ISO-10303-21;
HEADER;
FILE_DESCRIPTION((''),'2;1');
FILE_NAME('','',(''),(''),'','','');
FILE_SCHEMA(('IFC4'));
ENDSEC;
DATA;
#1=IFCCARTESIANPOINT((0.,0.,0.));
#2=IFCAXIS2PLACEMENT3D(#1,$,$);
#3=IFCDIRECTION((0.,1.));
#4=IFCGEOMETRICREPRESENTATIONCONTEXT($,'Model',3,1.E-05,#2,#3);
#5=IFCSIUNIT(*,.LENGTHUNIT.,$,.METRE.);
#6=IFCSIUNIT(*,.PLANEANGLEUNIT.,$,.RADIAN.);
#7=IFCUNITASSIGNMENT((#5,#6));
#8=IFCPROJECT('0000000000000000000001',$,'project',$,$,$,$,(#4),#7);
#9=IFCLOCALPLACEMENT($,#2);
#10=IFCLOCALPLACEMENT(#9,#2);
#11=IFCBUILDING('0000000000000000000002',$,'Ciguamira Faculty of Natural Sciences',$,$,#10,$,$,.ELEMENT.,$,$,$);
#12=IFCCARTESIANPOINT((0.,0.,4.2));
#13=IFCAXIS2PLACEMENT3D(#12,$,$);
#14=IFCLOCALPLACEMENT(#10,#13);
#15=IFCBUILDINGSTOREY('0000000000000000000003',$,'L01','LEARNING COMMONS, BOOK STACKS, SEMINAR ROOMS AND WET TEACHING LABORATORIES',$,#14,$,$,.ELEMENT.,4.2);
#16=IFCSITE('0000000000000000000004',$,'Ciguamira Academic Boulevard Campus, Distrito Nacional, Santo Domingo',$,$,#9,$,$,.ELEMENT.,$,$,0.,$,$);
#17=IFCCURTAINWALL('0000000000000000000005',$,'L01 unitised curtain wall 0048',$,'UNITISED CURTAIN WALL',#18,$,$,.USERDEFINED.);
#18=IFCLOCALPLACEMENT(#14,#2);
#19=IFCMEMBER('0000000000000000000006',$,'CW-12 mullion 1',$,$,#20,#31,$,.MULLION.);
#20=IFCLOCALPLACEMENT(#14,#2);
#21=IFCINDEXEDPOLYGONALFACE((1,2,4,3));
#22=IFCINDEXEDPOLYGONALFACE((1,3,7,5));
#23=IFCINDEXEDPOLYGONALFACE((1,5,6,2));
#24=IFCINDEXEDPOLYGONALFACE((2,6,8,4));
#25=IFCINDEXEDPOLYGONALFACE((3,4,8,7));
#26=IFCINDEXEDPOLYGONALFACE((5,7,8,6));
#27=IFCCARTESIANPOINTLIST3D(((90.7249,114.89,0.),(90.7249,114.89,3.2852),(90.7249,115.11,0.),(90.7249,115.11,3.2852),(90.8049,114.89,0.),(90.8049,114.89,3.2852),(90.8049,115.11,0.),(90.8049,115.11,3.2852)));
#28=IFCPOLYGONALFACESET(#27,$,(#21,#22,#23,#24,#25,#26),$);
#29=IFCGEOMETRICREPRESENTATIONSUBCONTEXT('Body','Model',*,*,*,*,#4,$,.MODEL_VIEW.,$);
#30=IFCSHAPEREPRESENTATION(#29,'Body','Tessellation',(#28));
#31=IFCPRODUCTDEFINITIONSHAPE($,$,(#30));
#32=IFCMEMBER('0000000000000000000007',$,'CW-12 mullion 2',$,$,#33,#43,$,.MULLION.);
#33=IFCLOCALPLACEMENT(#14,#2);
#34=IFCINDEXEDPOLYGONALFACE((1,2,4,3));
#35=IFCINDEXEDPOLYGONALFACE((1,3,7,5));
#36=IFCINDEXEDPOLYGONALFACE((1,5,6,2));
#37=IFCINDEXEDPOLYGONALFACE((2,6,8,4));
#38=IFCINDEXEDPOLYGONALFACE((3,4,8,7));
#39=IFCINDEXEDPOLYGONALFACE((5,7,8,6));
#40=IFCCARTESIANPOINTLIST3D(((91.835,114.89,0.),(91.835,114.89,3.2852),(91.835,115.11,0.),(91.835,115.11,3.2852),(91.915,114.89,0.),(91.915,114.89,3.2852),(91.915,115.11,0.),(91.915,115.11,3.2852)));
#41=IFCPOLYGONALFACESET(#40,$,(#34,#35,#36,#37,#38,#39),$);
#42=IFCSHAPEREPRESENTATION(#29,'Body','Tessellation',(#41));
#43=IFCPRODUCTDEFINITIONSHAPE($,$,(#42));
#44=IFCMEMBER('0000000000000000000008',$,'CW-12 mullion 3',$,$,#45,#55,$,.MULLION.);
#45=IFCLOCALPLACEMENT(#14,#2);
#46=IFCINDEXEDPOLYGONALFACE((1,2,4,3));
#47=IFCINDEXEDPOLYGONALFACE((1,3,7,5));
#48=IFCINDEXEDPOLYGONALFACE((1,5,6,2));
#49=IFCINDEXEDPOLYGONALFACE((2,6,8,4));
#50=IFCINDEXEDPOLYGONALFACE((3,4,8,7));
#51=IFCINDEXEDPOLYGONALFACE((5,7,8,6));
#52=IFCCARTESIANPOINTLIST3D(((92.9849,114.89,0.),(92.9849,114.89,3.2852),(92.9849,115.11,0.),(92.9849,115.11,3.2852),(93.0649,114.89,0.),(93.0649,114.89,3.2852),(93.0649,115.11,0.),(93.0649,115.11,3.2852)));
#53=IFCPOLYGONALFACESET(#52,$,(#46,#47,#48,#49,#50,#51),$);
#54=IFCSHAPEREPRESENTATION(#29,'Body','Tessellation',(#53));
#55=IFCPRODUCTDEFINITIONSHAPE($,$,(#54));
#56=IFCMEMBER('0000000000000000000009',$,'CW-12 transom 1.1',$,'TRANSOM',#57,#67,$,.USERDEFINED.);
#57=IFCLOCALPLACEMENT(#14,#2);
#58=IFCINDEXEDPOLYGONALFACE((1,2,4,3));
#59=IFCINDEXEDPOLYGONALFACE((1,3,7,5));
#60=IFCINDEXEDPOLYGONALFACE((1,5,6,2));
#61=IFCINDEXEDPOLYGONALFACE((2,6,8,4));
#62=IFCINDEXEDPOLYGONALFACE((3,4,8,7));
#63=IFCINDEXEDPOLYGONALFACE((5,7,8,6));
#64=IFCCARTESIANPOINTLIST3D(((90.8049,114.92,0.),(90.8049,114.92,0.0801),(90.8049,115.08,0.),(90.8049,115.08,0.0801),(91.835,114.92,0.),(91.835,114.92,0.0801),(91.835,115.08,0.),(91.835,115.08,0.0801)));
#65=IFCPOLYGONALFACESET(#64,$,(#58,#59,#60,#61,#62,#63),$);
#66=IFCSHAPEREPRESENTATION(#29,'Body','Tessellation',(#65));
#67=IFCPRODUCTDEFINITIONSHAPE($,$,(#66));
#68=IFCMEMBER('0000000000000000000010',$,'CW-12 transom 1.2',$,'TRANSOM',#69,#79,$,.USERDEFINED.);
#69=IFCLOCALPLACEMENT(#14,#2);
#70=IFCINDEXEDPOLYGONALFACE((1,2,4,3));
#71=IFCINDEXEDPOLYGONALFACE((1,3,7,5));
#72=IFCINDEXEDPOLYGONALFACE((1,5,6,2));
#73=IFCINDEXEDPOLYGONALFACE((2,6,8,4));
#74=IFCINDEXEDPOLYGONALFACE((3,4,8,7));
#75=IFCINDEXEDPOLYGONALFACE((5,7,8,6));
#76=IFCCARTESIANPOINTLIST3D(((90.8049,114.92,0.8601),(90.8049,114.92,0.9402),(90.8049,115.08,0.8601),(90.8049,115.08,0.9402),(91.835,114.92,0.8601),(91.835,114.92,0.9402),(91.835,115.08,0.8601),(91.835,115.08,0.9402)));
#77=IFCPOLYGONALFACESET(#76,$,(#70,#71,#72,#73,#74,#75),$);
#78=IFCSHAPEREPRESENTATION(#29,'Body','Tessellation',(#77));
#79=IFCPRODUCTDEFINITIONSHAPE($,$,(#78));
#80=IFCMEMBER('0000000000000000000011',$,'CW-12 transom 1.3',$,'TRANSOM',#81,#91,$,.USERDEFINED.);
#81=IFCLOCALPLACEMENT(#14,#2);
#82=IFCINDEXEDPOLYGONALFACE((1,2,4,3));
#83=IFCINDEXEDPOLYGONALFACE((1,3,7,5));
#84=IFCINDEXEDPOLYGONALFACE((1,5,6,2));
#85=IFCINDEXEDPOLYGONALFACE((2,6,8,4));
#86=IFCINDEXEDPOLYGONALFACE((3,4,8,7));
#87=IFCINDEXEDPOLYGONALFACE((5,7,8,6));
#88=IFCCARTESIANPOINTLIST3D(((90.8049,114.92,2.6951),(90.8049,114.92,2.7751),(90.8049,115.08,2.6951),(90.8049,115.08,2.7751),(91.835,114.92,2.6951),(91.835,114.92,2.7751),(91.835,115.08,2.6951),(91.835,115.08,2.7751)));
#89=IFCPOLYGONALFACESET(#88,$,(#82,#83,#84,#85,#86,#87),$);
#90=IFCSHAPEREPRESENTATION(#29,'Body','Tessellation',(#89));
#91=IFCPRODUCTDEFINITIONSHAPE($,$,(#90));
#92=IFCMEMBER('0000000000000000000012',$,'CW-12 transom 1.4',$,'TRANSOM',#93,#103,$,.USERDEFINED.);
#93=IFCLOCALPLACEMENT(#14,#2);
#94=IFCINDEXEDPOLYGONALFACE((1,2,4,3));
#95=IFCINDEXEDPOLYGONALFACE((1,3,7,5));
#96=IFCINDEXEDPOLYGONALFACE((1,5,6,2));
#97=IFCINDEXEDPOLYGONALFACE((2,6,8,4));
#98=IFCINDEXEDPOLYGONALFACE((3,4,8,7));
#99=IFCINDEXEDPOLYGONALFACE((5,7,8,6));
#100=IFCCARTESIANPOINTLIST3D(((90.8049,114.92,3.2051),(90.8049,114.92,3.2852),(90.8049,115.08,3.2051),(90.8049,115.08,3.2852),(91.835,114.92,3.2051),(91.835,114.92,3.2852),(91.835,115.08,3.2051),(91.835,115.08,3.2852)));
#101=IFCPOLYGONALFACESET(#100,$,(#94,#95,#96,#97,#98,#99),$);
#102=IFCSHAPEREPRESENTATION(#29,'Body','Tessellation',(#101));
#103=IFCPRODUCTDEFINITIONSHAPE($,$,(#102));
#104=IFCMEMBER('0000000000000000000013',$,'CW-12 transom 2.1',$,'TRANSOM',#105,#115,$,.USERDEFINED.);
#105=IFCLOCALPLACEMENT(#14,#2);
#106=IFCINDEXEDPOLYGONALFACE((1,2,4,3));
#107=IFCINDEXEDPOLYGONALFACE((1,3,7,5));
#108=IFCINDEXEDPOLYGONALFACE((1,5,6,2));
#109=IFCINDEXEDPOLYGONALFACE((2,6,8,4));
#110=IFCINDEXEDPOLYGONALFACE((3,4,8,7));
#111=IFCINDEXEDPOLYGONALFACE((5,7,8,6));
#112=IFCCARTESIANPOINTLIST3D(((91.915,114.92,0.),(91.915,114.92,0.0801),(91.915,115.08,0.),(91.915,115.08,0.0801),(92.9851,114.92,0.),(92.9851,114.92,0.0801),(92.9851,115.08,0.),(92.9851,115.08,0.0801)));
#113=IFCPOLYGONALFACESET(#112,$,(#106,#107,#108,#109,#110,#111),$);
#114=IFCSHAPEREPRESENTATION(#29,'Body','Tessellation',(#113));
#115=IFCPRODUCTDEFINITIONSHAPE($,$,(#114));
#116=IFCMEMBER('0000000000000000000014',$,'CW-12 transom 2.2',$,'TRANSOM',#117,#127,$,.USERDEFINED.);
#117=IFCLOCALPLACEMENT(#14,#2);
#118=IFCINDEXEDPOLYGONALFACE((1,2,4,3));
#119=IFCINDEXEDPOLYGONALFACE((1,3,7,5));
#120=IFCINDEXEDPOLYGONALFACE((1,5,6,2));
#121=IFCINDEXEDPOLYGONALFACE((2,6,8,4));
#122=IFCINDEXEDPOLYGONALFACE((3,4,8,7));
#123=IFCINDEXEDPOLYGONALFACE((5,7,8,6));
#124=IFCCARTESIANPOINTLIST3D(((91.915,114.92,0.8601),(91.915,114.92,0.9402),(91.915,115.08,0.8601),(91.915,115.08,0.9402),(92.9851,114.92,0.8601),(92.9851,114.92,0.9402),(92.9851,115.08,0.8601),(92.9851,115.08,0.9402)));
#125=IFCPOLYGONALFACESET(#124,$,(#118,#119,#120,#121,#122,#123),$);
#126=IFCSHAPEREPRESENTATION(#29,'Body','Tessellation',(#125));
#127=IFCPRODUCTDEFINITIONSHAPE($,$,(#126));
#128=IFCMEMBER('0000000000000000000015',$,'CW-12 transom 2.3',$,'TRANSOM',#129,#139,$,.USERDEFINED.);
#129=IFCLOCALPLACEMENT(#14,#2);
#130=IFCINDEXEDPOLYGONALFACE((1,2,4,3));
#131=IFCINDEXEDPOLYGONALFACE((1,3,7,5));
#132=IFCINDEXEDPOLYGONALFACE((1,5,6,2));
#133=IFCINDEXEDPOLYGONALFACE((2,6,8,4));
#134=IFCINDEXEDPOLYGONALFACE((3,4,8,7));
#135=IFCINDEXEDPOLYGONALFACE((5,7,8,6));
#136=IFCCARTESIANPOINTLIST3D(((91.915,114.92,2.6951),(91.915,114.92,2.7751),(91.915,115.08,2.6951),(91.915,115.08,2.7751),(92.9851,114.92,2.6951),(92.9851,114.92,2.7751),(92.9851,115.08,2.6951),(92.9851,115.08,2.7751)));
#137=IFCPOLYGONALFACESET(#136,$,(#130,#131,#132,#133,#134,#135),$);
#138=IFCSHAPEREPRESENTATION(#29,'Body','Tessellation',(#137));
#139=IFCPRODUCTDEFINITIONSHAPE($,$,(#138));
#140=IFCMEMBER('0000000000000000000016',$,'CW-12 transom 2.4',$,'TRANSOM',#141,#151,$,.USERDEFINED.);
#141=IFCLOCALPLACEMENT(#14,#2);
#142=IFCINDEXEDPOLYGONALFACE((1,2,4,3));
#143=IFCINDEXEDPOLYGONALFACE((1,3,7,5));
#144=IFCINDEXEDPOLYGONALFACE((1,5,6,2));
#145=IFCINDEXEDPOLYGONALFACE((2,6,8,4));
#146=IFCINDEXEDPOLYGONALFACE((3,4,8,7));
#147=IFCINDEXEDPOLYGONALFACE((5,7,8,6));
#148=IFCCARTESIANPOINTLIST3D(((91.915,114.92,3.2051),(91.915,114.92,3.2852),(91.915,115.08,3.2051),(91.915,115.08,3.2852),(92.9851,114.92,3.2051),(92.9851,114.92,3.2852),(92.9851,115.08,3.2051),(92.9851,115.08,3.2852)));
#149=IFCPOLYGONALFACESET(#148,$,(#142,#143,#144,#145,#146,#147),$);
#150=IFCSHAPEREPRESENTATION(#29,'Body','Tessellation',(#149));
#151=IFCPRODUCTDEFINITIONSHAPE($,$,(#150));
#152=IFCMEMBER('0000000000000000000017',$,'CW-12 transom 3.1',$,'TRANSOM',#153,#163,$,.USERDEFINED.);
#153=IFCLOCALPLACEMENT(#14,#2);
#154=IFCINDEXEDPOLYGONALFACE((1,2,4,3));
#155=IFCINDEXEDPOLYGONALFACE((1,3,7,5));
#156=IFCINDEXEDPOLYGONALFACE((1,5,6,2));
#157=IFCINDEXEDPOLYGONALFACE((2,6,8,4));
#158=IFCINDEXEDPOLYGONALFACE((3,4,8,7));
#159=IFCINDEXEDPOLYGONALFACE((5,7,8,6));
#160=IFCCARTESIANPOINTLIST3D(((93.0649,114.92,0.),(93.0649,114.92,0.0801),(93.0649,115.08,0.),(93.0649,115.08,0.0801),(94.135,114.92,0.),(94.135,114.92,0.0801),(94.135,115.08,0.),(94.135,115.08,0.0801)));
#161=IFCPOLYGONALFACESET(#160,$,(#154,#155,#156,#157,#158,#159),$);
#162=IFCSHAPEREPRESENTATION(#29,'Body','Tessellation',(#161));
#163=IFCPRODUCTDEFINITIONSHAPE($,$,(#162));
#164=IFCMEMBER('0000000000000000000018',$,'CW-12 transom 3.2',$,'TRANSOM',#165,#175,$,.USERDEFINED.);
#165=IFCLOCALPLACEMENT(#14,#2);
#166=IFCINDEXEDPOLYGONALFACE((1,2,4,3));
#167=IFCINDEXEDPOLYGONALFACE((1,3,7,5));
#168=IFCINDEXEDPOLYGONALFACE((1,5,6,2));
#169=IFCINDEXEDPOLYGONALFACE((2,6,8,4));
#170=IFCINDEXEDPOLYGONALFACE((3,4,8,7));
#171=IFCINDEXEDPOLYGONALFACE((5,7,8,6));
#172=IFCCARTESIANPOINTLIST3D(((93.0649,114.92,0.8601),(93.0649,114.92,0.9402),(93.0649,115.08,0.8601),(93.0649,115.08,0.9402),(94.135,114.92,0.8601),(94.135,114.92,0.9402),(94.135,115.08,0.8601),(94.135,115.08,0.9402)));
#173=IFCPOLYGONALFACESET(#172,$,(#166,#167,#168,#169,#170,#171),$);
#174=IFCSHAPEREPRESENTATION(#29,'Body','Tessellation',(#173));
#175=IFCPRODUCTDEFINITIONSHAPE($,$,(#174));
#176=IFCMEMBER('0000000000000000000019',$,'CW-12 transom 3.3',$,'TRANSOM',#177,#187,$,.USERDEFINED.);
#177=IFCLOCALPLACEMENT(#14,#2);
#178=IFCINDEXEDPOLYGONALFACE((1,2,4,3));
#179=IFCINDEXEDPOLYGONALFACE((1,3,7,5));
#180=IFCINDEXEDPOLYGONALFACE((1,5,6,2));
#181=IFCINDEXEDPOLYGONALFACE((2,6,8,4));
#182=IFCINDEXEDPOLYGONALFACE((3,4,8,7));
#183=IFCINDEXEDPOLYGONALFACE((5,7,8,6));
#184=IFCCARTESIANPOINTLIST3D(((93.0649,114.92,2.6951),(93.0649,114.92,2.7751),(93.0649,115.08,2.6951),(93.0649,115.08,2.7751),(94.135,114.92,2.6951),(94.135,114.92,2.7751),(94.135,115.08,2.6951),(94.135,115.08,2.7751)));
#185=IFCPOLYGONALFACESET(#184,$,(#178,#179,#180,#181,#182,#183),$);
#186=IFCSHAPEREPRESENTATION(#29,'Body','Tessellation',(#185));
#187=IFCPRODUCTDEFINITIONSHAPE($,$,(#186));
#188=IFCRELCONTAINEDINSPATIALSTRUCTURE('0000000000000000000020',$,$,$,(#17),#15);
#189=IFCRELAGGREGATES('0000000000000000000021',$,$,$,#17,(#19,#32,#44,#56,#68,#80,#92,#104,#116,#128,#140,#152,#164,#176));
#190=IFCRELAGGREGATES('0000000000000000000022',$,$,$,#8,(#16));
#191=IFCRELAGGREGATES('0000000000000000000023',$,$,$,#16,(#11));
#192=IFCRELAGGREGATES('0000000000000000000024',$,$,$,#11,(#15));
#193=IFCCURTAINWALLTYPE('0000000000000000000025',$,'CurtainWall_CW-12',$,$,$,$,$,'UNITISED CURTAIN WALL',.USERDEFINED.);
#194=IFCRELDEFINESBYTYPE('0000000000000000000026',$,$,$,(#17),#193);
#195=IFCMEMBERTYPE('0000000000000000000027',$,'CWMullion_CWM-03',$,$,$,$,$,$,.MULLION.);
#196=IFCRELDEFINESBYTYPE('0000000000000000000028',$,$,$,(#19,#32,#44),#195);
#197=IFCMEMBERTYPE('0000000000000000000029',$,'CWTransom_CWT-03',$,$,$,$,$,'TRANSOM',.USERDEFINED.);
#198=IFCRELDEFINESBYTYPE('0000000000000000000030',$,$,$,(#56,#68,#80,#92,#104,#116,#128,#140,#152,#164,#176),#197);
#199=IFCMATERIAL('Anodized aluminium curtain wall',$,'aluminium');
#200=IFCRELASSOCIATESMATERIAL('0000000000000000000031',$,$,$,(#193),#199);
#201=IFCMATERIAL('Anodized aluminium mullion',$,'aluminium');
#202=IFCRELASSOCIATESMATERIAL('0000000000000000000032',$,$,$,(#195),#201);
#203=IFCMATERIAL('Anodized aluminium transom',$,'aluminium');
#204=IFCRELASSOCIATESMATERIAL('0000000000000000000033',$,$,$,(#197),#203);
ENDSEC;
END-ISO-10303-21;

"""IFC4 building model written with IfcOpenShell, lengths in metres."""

from ifc_helpers import new_model, si_unit, direction, frame, origin, origin_2d, place, context, subcontext, project, spatial, rectangle, extrude, material, material_profile, profile_set, type_object, element, aggregate, save


model = new_model("IFC4")

# Units and contexts
model_context = context("Model", 3, precision=1e-05, world=origin(), true_north=direction((0.0, 1.0)))
body_context = subcontext(model_context, "Body", "Model", "MODEL_VIEW")
ifc_project = project(units=[si_unit("LENGTHUNIT", "METRE"), si_unit("PLANEANGLEUNIT", "RADIAN")], contexts=[model_context])

# Site, building, storey
site_placement = place(None, origin())
site = spatial("IfcSite", under=ifc_project, at=site_placement, Name="Ciguamira Academic Boulevard Campus, Distrito Nacional, Santo Domingo", CompositionType="ELEMENT", RefElevation=0.0)
building_placement = place(site_placement, origin())
building = spatial("IfcBuilding", under=site, at=building_placement, Name="Ciguamira Faculty of Natural Sciences", CompositionType="ELEMENT")
storey_placement = place(building_placement, frame((0.0, 0.0, 4.2)))
storey = spatial("IfcBuildingStorey", under=building, at=storey_placement, Name="L01", Description="LEARNING COMMONS, BOOK STACKS, SEMINAR ROOMS AND WET TEACHING LABORATORIES", CompositionType="ELEMENT", Elevation=4.2)

# Curtain wall, members
ifc_material_1 = material(Name="Anodized aluminium curtain wall", Category="aluminium")
curtain_wall_type = type_object("IfcCurtainWallType", Name="CurtainWall_CW-12", ElementType="UNITISED CURTAIN WALL", PredefinedType="USERDEFINED", material=ifc_material_1)
curtain_wall_placement = place(storey_placement, origin())
curtain_wall = element("IfcCurtainWall", 1, at=curtain_wall_placement, inside=storey, type_object=curtain_wall_type, Name="L01 unitised curtain wall 0048", ObjectType="UNITISED CURTAIN WALL", PredefinedType="USERDEFINED")
ifc_material_2 = material(Name="Anodized aluminium mullion", Category="aluminium")
ifc_material_profile_1 = material_profile(ifc_material_2, rectangle(XDim=0.0801, YDim=0.22, at=origin_2d()), Name="ALU-MUL-80X220")
ifc_profile_set_1 = profile_set([ifc_material_profile_1], Name="Anodized aluminium mullion")
member_type_1 = type_object("IfcMemberType", Name="CWMullion_CWM-03", PredefinedType="MULLION", material=ifc_profile_set_1)
member_1_placement = place(storey_placement, frame((90.7649, 115.0, 0.0), z_axis=(0.0, 0.0, 1.0), x_axis=(1.0, 0.0, 0.0)))
member_1 = element("IfcMember", 2, at=member_1_placement, type_object=member_type_1, Name="CW-12 mullion 1", PredefinedType="MULLION", context=body_context, shape_type="SweptSolid", body=[
    extrude(rectangle(XDim=0.0801, YDim=0.22, at=origin_2d()), origin(), (0.0, 0.0, 1.0), 3.2852),
])
member_2_placement = place(storey_placement, frame((91.875, 115.0, 0.0), z_axis=(0.0, 0.0, 1.0), x_axis=(1.0, 0.0, 0.0)))
member_2 = element("IfcMember", 3, at=member_2_placement, type_object=member_type_1, Name="CW-12 mullion 2", PredefinedType="MULLION", context=body_context, shape_type="SweptSolid", body=[
    extrude(rectangle(XDim=0.0801, YDim=0.22, at=origin_2d()), origin(), (0.0, 0.0, 1.0), 3.2852),
])
member_3_placement = place(storey_placement, frame((93.0249, 115.0, 0.0), z_axis=(0.0, 0.0, 1.0), x_axis=(1.0, 0.0, 0.0)))
member_3 = element("IfcMember", 4, at=member_3_placement, type_object=member_type_1, Name="CW-12 mullion 3", PredefinedType="MULLION", context=body_context, shape_type="SweptSolid", body=[
    extrude(rectangle(XDim=0.0801, YDim=0.22, at=origin_2d()), origin(), (0.0, 0.0, 1.0), 3.2852),
])
ifc_material_3 = material(Name="Anodized aluminium transom", Category="aluminium")
ifc_material_profile_2 = material_profile(ifc_material_3, rectangle(XDim=0.0801, YDim=0.1599, at=origin_2d()), Name="ALU-TRN-80X160")
ifc_profile_set_2 = profile_set([ifc_material_profile_2], Name="Anodized aluminium transom")
member_type_2 = type_object("IfcMemberType", Name="CWTransom_CWT-03", ElementType="TRANSOM", PredefinedType="USERDEFINED", material=ifc_profile_set_2)
member_4_placement = place(storey_placement, frame((90.8049, 115.0, 0.04), z_axis=(1.0, 0.0, 0.0), x_axis=(0.0, 0.0, 1.0)))
member_4 = element("IfcMember", 5, at=member_4_placement, type_object=member_type_2, Name="CW-12 transom 1.1", ObjectType="TRANSOM", PredefinedType="USERDEFINED", context=body_context, shape_type="SweptSolid", body=[
    extrude(rectangle(XDim=0.0801, YDim=0.1599, at=origin_2d()), origin(), (0.0, 0.0, 1.0), 1.03),
])
member_5_placement = place(storey_placement, frame((90.8049, 115.0, 0.9001), z_axis=(1.0, 0.0, 0.0), x_axis=(0.0, 0.0, 1.0)))
member_5 = element("IfcMember", 6, at=member_5_placement, type_object=member_type_2, Name="CW-12 transom 1.2", ObjectType="TRANSOM", PredefinedType="USERDEFINED", context=body_context, shape_type="SweptSolid", body=[
    extrude(rectangle(XDim=0.0801, YDim=0.1599, at=origin_2d()), origin(), (0.0, 0.0, 1.0), 1.03),
])
member_6_placement = place(storey_placement, frame((90.8049, 115.0, 2.7351), z_axis=(1.0, 0.0, 0.0), x_axis=(0.0, 0.0, 1.0)))
member_6 = element("IfcMember", 7, at=member_6_placement, type_object=member_type_2, Name="CW-12 transom 1.3", ObjectType="TRANSOM", PredefinedType="USERDEFINED", context=body_context, shape_type="SweptSolid", body=[
    extrude(rectangle(XDim=0.0801, YDim=0.1599, at=origin_2d()), origin(), (0.0, 0.0, 1.0), 1.03),
])
member_7_placement = place(storey_placement, frame((90.8049, 115.0, 3.2451), z_axis=(1.0, 0.0, 0.0), x_axis=(0.0, 0.0, 1.0)))
member_7 = element("IfcMember", 8, at=member_7_placement, type_object=member_type_2, Name="CW-12 transom 1.4", ObjectType="TRANSOM", PredefinedType="USERDEFINED", context=body_context, shape_type="SweptSolid", body=[
    extrude(rectangle(XDim=0.0801, YDim=0.1599, at=origin_2d()), origin(), (0.0, 0.0, 1.0), 1.03),
])
member_8_placement = place(storey_placement, frame((91.915, 115.0, 0.04), z_axis=(1.0, 0.0, 0.0), x_axis=(0.0, 0.0, 1.0)))
member_8 = element("IfcMember", 9, at=member_8_placement, type_object=member_type_2, Name="CW-12 transom 2.1", ObjectType="TRANSOM", PredefinedType="USERDEFINED", context=body_context, shape_type="SweptSolid", body=[
    extrude(rectangle(XDim=0.0801, YDim=0.1599, at=origin_2d()), origin(), (0.0, 0.0, 1.0), 1.0701),
])
member_9_placement = place(storey_placement, frame((91.915, 115.0, 0.9001), z_axis=(1.0, 0.0, 0.0), x_axis=(0.0, 0.0, 1.0)))
member_9 = element("IfcMember", 10, at=member_9_placement, type_object=member_type_2, Name="CW-12 transom 2.2", ObjectType="TRANSOM", PredefinedType="USERDEFINED", context=body_context, shape_type="SweptSolid", body=[
    extrude(rectangle(XDim=0.0801, YDim=0.1599, at=origin_2d()), origin(), (0.0, 0.0, 1.0), 1.0701),
])
member_10_placement = place(storey_placement, frame((91.915, 115.0, 2.7351), z_axis=(1.0, 0.0, 0.0), x_axis=(0.0, 0.0, 1.0)))
member_10 = element("IfcMember", 11, at=member_10_placement, type_object=member_type_2, Name="CW-12 transom 2.3", ObjectType="TRANSOM", PredefinedType="USERDEFINED", context=body_context, shape_type="SweptSolid", body=[
    extrude(rectangle(XDim=0.0801, YDim=0.1599, at=origin_2d()), origin(), (0.0, 0.0, 1.0), 1.0701),
])
member_11_placement = place(storey_placement, frame((91.915, 115.0, 3.2451), z_axis=(1.0, 0.0, 0.0), x_axis=(0.0, 0.0, 1.0)))
member_11 = element("IfcMember", 12, at=member_11_placement, type_object=member_type_2, Name="CW-12 transom 2.4", ObjectType="TRANSOM", PredefinedType="USERDEFINED", context=body_context, shape_type="SweptSolid", body=[
    extrude(rectangle(XDim=0.0801, YDim=0.1599, at=origin_2d()), origin(), (0.0, 0.0, 1.0), 1.0701),
])
member_12_placement = place(storey_placement, frame((93.0649, 115.0, 0.04), z_axis=(1.0, 0.0, 0.0), x_axis=(0.0, 0.0, 1.0)))
member_12 = element("IfcMember", 13, at=member_12_placement, type_object=member_type_2, Name="CW-12 transom 3.1", ObjectType="TRANSOM", PredefinedType="USERDEFINED", context=body_context, shape_type="SweptSolid", body=[
    extrude(rectangle(XDim=0.0801, YDim=0.1599, at=origin_2d()), origin(), (0.0, 0.0, 1.0), 1.0701),
])
member_13_placement = place(storey_placement, frame((93.0649, 115.0, 0.9001), z_axis=(1.0, 0.0, 0.0), x_axis=(0.0, 0.0, 1.0)))
member_13 = element("IfcMember", 14, at=member_13_placement, type_object=member_type_2, Name="CW-12 transom 3.2", ObjectType="TRANSOM", PredefinedType="USERDEFINED", context=body_context, shape_type="SweptSolid", body=[
    extrude(rectangle(XDim=0.0801, YDim=0.1599, at=origin_2d()), origin(), (0.0, 0.0, 1.0), 1.0701),
])
member_14_placement = place(storey_placement, frame((93.0649, 115.0, 2.7351), z_axis=(1.0, 0.0, 0.0), x_axis=(0.0, 0.0, 1.0)))
member_14 = element("IfcMember", 15, at=member_14_placement, type_object=member_type_2, Name="CW-12 transom 3.3", ObjectType="TRANSOM", PredefinedType="USERDEFINED", context=body_context, shape_type="SweptSolid", body=[
    extrude(rectangle(XDim=0.0801, YDim=0.1599, at=origin_2d()), origin(), (0.0, 0.0, 1.0), 1.0701),
])
aggregate(curtain_wall, [member_1, member_2, member_3, member_4, member_5, member_6, member_7, member_8, member_9, member_10, member_11, member_12, member_13, member_14])

save(model, "model.ifc")
